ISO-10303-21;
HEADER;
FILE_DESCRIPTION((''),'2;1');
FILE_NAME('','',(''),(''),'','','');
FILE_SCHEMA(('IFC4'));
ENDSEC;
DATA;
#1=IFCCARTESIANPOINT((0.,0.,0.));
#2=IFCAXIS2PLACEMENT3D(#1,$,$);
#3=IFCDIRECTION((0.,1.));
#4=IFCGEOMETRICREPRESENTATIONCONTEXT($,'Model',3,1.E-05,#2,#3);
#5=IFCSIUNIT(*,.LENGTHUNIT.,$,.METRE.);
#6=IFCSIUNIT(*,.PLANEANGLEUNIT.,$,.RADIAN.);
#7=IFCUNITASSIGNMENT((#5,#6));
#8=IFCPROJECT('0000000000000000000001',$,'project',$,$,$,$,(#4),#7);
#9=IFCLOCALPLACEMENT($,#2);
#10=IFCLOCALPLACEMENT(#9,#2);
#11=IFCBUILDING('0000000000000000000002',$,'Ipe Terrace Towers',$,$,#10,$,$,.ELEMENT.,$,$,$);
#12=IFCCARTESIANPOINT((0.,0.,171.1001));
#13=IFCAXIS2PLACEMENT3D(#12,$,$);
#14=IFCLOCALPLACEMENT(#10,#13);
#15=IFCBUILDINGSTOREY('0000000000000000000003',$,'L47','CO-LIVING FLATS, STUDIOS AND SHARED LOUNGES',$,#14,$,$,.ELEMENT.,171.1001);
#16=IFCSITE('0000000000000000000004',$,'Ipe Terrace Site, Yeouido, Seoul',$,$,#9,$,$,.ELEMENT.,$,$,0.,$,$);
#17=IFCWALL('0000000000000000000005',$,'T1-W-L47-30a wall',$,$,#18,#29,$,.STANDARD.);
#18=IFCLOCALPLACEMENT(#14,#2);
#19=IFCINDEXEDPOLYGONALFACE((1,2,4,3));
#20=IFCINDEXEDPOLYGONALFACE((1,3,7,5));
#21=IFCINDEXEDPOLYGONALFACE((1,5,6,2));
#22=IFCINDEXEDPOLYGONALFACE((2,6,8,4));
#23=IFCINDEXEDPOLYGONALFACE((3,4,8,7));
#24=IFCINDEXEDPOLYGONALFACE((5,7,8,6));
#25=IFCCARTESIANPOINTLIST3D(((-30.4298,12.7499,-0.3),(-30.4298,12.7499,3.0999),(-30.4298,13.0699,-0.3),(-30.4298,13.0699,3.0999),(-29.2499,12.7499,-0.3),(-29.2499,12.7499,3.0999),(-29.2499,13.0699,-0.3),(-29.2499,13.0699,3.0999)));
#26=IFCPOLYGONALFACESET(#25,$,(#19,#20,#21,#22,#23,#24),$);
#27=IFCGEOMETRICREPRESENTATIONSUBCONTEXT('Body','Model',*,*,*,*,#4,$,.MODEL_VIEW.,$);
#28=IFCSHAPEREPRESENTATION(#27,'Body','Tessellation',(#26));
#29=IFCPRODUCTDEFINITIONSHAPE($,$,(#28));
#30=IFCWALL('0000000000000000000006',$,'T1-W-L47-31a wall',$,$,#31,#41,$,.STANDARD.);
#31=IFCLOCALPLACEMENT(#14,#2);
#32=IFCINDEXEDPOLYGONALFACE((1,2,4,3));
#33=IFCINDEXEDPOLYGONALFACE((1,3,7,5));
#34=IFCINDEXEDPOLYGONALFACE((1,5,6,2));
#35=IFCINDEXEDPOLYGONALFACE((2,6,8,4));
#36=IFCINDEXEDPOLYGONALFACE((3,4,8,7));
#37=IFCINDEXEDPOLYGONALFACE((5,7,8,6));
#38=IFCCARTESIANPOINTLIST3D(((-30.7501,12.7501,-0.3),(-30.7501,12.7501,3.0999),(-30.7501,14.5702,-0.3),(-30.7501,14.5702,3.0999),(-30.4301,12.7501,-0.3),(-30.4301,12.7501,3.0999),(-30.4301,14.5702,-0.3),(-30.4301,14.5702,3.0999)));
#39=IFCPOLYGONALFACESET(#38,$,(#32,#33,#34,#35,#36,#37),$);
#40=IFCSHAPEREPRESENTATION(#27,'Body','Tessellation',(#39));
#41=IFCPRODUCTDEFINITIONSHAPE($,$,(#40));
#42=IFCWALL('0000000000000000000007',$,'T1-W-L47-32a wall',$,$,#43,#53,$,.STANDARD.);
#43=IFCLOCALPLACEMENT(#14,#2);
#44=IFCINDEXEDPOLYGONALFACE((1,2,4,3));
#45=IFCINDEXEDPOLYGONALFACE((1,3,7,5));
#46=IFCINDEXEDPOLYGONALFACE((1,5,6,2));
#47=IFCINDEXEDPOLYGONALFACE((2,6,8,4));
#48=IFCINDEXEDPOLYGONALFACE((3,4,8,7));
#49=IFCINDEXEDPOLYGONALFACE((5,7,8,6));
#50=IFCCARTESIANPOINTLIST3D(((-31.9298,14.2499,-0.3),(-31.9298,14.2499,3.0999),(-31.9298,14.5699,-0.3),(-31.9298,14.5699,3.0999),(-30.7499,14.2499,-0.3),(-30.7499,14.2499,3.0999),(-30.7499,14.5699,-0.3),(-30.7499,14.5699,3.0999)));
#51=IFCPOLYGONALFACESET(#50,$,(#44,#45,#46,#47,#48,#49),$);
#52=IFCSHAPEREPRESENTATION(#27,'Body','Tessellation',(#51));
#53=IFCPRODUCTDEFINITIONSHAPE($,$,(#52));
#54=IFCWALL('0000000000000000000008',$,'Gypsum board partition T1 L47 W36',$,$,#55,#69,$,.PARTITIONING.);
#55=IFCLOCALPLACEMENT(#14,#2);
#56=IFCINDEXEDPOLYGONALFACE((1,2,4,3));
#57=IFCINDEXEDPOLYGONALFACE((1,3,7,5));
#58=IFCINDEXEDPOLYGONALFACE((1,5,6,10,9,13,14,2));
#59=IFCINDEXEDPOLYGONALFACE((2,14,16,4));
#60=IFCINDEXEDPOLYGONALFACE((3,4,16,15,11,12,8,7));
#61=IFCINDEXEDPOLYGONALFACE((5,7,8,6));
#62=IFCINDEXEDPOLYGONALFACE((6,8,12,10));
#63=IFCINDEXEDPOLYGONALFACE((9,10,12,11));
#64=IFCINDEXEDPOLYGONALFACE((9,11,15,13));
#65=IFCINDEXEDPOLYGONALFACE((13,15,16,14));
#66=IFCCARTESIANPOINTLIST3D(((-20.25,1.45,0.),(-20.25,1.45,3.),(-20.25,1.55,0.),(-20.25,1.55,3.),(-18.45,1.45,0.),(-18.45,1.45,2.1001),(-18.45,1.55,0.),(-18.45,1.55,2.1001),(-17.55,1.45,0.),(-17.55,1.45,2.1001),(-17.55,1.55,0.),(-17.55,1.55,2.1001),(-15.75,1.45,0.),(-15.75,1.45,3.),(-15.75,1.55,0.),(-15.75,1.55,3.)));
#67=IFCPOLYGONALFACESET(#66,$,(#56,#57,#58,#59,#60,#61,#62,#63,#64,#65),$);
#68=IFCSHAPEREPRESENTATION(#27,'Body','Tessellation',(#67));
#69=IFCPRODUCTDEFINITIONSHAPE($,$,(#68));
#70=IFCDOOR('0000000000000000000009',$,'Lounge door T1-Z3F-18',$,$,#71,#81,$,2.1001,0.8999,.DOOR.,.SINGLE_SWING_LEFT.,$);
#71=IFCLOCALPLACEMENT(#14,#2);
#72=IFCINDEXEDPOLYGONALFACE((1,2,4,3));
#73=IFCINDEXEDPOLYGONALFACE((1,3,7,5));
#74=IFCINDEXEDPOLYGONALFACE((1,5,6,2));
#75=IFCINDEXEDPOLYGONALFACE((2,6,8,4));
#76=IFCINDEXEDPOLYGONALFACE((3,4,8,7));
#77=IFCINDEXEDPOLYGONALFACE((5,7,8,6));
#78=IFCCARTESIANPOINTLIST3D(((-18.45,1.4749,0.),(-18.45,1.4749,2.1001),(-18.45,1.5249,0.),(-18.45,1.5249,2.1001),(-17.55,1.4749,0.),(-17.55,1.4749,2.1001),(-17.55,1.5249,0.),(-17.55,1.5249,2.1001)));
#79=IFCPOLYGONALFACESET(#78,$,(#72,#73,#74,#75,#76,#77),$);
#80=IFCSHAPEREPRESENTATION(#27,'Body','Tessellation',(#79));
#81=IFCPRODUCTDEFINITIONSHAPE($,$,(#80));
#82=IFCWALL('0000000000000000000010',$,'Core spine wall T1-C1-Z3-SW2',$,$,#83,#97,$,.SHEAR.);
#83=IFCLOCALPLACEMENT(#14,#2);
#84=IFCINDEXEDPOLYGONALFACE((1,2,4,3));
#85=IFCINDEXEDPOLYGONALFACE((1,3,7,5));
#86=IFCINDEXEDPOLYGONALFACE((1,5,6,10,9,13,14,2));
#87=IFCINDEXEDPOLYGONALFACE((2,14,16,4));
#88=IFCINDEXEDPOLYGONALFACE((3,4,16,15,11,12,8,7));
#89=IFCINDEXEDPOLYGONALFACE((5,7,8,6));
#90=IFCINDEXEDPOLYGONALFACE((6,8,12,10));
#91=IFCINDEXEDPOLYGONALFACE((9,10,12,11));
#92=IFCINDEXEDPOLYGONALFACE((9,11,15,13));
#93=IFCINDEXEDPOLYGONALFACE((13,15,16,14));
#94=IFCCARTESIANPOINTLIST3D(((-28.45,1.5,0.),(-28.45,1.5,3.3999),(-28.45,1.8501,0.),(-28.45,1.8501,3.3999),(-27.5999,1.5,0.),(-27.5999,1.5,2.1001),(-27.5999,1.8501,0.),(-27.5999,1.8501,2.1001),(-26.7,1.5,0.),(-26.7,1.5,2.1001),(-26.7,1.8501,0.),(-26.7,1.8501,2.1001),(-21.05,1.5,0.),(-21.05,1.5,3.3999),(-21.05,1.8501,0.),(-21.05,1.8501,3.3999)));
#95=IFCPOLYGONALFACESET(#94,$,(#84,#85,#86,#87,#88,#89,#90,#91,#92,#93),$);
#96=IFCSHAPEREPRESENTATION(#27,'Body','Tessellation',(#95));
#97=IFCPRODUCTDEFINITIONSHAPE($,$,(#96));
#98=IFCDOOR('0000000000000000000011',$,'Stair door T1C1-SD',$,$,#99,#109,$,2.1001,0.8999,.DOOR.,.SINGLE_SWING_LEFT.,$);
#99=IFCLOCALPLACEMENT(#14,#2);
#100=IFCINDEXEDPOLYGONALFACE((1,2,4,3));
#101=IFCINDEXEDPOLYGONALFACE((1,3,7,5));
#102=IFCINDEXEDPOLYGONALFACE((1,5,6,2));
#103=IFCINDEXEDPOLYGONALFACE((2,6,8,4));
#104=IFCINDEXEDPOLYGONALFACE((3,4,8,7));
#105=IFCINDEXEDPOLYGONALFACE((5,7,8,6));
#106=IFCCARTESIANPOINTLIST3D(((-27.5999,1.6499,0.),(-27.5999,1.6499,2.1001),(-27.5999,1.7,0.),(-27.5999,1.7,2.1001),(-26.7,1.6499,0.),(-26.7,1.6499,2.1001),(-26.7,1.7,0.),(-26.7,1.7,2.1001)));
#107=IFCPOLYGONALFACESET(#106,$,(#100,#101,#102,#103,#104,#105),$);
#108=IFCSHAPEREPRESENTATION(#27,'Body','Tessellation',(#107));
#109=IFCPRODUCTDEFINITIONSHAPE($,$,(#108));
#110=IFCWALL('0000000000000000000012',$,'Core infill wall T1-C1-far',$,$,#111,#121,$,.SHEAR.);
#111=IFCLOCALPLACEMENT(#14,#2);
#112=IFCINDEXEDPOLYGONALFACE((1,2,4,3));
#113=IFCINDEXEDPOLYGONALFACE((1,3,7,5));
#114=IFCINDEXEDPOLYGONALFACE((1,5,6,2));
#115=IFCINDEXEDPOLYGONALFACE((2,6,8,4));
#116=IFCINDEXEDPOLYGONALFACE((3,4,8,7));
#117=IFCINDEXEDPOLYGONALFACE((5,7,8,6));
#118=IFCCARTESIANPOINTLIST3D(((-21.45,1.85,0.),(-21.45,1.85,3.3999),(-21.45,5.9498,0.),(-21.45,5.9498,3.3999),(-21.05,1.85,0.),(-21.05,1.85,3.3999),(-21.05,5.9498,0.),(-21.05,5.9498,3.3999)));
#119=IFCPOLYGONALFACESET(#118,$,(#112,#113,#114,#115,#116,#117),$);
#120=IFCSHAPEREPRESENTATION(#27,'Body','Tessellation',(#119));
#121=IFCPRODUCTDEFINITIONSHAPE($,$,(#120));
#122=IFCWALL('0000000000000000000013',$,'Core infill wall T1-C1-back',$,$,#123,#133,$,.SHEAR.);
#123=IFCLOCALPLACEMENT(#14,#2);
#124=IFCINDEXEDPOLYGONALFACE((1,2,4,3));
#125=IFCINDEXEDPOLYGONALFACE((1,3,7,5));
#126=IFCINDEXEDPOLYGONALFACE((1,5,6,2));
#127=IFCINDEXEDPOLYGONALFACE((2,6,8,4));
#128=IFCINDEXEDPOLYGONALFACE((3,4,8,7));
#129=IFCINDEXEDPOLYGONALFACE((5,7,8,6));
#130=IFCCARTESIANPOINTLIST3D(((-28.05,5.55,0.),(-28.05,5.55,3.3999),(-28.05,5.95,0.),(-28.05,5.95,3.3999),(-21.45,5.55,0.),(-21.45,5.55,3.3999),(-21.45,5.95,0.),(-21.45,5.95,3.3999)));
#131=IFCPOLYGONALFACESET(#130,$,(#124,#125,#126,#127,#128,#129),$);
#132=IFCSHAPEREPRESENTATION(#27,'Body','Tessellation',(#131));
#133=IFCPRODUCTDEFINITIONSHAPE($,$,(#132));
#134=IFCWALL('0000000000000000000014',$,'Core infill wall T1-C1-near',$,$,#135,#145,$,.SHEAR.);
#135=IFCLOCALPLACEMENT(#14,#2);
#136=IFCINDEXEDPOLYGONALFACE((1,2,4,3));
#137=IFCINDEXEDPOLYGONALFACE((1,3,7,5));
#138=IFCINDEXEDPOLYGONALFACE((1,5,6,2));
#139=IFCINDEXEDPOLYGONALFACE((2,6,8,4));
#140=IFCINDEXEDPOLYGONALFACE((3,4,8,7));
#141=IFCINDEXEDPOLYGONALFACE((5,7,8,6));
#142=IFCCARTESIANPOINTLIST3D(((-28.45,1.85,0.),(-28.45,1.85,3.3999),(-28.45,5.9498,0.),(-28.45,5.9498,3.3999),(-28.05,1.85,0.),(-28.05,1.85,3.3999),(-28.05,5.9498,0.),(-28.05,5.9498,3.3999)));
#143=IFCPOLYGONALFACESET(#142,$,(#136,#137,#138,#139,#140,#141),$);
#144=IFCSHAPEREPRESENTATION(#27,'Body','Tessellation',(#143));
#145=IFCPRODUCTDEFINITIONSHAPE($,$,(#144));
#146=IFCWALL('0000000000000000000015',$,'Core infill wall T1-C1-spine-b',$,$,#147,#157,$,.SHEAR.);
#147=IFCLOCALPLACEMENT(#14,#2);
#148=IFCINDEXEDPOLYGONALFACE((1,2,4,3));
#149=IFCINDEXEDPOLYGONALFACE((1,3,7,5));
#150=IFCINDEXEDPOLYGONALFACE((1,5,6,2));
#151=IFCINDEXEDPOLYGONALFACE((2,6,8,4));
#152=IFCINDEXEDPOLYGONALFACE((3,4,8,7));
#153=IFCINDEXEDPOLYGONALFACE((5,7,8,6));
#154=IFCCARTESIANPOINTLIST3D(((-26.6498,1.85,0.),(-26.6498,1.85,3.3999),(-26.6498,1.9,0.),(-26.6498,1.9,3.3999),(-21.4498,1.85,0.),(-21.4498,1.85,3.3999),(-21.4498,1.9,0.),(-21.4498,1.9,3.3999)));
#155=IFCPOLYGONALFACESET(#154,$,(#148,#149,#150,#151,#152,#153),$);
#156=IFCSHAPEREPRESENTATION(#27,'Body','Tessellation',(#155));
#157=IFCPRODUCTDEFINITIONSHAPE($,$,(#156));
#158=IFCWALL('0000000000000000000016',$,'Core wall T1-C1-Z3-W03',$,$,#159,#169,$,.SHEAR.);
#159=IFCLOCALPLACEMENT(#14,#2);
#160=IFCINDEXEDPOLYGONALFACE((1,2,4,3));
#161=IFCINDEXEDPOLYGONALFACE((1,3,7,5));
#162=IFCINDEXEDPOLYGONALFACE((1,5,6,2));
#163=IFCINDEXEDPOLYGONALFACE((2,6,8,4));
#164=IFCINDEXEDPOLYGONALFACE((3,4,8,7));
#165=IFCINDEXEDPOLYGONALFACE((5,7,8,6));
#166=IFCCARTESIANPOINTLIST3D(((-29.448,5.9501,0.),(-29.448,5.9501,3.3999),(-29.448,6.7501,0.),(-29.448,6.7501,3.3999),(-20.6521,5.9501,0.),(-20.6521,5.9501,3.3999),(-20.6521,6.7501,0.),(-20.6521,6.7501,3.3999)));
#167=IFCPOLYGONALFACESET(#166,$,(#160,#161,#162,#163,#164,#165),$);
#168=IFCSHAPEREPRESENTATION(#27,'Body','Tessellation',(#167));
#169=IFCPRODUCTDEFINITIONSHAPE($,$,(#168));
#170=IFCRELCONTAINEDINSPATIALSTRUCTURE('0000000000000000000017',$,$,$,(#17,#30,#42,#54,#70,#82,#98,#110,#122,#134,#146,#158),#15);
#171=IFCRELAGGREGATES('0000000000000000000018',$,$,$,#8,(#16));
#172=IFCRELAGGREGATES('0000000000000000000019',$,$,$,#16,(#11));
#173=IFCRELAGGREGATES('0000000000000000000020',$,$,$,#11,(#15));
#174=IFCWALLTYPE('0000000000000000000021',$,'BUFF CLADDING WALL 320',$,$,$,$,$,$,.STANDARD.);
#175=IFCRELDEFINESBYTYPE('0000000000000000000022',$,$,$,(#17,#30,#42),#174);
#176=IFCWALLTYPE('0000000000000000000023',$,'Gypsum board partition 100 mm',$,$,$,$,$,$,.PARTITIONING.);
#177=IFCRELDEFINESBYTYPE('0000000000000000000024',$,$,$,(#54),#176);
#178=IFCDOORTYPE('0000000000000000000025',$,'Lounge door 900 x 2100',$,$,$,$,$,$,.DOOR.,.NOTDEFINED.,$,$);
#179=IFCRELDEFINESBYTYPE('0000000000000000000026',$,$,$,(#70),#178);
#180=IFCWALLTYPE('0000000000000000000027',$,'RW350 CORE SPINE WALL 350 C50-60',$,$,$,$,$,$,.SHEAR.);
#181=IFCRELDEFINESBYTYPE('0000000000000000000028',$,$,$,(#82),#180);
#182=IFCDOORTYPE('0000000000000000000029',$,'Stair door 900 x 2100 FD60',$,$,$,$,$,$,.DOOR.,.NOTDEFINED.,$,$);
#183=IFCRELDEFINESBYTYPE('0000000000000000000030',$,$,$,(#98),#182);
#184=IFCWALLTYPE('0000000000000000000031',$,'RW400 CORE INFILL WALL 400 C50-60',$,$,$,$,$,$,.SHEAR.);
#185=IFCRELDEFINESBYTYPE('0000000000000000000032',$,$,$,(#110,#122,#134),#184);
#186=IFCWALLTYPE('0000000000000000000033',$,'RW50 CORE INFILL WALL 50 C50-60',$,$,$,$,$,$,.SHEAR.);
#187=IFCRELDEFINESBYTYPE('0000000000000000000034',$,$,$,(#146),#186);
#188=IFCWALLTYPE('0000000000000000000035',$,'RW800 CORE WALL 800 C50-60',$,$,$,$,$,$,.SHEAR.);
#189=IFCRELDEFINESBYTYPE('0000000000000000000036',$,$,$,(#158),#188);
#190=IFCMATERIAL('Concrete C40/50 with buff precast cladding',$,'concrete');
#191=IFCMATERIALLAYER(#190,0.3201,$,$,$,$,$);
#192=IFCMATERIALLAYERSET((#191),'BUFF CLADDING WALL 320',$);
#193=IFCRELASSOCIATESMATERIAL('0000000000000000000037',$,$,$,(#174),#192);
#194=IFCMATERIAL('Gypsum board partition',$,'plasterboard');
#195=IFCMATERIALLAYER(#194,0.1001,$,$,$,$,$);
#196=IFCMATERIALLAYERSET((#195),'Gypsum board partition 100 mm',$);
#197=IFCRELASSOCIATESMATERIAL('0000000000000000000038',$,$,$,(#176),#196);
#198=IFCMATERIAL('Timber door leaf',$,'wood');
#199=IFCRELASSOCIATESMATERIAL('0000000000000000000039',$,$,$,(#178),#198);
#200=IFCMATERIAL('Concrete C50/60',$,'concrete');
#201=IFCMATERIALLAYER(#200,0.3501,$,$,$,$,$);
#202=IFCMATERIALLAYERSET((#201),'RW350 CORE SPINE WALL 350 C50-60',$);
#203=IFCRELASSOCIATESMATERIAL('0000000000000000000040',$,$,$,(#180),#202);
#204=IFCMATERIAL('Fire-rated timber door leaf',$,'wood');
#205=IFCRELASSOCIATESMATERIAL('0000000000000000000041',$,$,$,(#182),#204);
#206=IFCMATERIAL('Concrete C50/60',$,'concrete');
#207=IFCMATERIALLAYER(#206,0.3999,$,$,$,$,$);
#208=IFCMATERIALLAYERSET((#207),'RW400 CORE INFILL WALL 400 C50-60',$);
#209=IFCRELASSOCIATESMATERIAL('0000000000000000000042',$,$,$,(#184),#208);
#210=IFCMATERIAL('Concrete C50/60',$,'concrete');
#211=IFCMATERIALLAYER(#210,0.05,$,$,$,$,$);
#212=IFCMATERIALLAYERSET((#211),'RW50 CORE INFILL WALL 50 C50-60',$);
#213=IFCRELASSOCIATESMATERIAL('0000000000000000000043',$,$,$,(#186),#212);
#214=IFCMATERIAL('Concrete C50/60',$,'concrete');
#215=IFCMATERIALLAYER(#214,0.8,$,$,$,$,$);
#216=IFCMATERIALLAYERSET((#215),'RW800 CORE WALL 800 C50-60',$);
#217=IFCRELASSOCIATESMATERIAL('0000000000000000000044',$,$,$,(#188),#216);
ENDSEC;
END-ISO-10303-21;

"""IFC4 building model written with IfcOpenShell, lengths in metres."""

from ifc_helpers import new_model, si_unit, direction, frame, frame_2d, origin, place, context, subcontext, project, spatial, rectangle, extrude, material, layer, layer_set, type_object, element, fill, save


model = new_model("IFC4")

# Units and contexts
model_context = context("Model", 3, precision=1e-05, world=origin(), true_north=direction((0.0, 1.0)))
body_context = subcontext(model_context, "Body", "Model", "MODEL_VIEW")
ifc_project = project(units=[si_unit("LENGTHUNIT", "METRE"), si_unit("PLANEANGLEUNIT", "RADIAN")], contexts=[model_context])

# Site, building, storey
site_placement = place(None, origin())
site = spatial("IfcSite", under=ifc_project, at=site_placement, Name="Ipe Terrace Site, Yeouido, Seoul", CompositionType="ELEMENT", RefElevation=0.0)
building_placement = place(site_placement, origin())
building = spatial("IfcBuilding", under=site, at=building_placement, Name="Ipe Terrace Towers", CompositionType="ELEMENT")
storey_placement = place(building_placement, frame((0.0, 0.0, 171.1001)))
storey = spatial("IfcBuildingStorey", under=building, at=storey_placement, Name="L47", Description="CO-LIVING FLATS, STUDIOS AND SHARED LOUNGES", CompositionType="ELEMENT", Elevation=171.1001)

# Walls
ifc_material_1 = material(Name="Concrete C40/50 with buff precast cladding", Category="concrete")
ifc_layer_1 = layer(ifc_material_1, 0.3201)
ifc_layer_set_1 = layer_set([ifc_layer_1], Name="BUFF CLADDING WALL 320")
wall_type_1 = type_object("IfcWallType", Name="BUFF CLADDING WALL 320", PredefinedType="STANDARD", material=ifc_layer_set_1)
wall_1_placement = place(storey_placement, frame((-29.25, 12.9099, -0.3), z_axis=(0.0, 0.0, 1.0), x_axis=(-1.0, 0.0, 0.0)))
element("IfcWall", 1, at=wall_1_placement, inside=storey, type_object=wall_type_1, Name="T1-W-L47-30a wall", PredefinedType="STANDARD", context=body_context, shape_type="SweptSolid", body=[
    extrude(rectangle(XDim=1.1799, YDim=0.3201, at=frame_2d((0.5898, 0.0))), origin(), (0.0, 0.0, 1.0), 3.3999),
])
wall_2_placement = place(storey_placement, frame((-30.5901, 12.75, -0.3), z_axis=(0.0, 0.0, 1.0), x_axis=(0.0, 1.0, 0.0)))
element("IfcWall", 2, at=wall_2_placement, inside=storey, type_object=wall_type_1, Name="T1-W-L47-31a wall", PredefinedType="STANDARD", context=body_context, shape_type="SweptSolid", body=[
    extrude(rectangle(XDim=1.8201, YDim=0.3201, at=frame_2d((0.9102, 0.0))), origin(), (0.0, 0.0, 1.0), 3.3999),
])
wall_3_placement = place(storey_placement, frame((-30.75, 14.4099, -0.3), z_axis=(0.0, 0.0, 1.0), x_axis=(-1.0, 0.0, 0.0)))
element("IfcWall", 3, at=wall_3_placement, inside=storey, type_object=wall_type_1, Name="T1-W-L47-32a wall", PredefinedType="STANDARD", context=body_context, shape_type="SweptSolid", body=[
    extrude(rectangle(XDim=1.1799, YDim=0.3201, at=frame_2d((0.5898, 0.0))), origin(), (0.0, 0.0, 1.0), 3.3999),
])

# Walls, openings, doors
ifc_material_2 = material(Name="Gypsum board partition", Category="plasterboard")
ifc_layer_2 = layer(ifc_material_2, 0.1001)
ifc_layer_set_2 = layer_set([ifc_layer_2], Name="Gypsum board partition 100 mm")
wall_type_2 = type_object("IfcWallType", Name="Gypsum board partition 100 mm", PredefinedType="PARTITIONING", material=ifc_layer_set_2)
wall_4_placement = place(storey_placement, frame((-20.25, 1.5, 0.0), z_axis=(0.0, 0.0, 1.0), x_axis=(1.0, 0.0, 0.0)))
wall_4 = element("IfcWall", 4, at=wall_4_placement, inside=storey, type_object=wall_type_2, Name="Gypsum board partition T1 L47 W36", PredefinedType="PARTITIONING", context=body_context, shape_type="SweptSolid", body=[
    extrude(rectangle(XDim=4.5, YDim=0.1001, at=frame_2d((2.25, 0.0))), origin(), (0.0, 0.0, 1.0), 3.0),
])
opening_1_placement = place(wall_4_placement, frame((1.8, 0.0, 0.0)))
opening_1 = element("IfcOpeningElement", 5, at=opening_1_placement, cuts=wall_4, PredefinedType="OPENING", context=body_context, shape_type="SweptSolid", body=[
    extrude(rectangle(XDim=0.8999, YDim=2.1001, at=frame_2d((0.45, 1.05))), frame((0.0, 0.0601, 0.0), z_axis=(0.0, -1.0, 0.0), x_axis=(1.0, 0.0, 0.0)), (0.0, 0.0, 1.0), 0.1201),
])
ifc_material_3 = material(Name="Timber door leaf", Category="wood")
door_type_1 = type_object("IfcDoorType", Name="Lounge door 900 x 2100", OperationType="NOTDEFINED", PredefinedType="DOOR", material=ifc_material_3)
door_1_placement = place(opening_1_placement, origin())
door_1 = element("IfcDoor", 6, at=door_1_placement, inside=storey, type_object=door_type_1, Name="Lounge door T1-Z3F-18", OperationType="SINGLE_SWING_LEFT", OverallHeight=2.1001, OverallWidth=0.8999, PredefinedType="DOOR", context=body_context, shape_type="SweptSolid", body=[
    extrude(rectangle(XDim=0.8999, YDim=2.1001, at=frame_2d((0.45, 1.05))), frame((0.0, 0.0249, 0.0), z_axis=(0.0, -1.0, 0.0), x_axis=(1.0, 0.0, 0.0)), (0.0, 0.0, 1.0), 0.05),
])
fill(opening_1, door_1)
ifc_material_4 = material(Name="Concrete C50/60", Category="concrete")
ifc_layer_3 = layer(ifc_material_4, 0.3501)
ifc_layer_set_3 = layer_set([ifc_layer_3], Name="RW350 CORE SPINE WALL 350 C50-60")
wall_type_3 = type_object("IfcWallType", Name="RW350 CORE SPINE WALL 350 C50-60", PredefinedType="SHEAR", material=ifc_layer_set_3)
wall_5_placement = place(storey_placement, frame((-28.45, 1.675, 0.0), z_axis=(0.0, 0.0, 1.0), x_axis=(1.0, 0.0, 0.0)))
wall_5 = element("IfcWall", 7, at=wall_5_placement, inside=storey, type_object=wall_type_3, Name="Core spine wall T1-C1-Z3-SW2", PredefinedType="SHEAR", context=body_context, shape_type="SweptSolid", body=[
    extrude(rectangle(XDim=7.3999, YDim=0.3501, at=frame_2d((3.7, 0.0))), origin(), (0.0, 0.0, 1.0), 3.3999),
])
opening_2_placement = place(wall_5_placement, frame((0.8501, 0.0, 0.0)))
opening_2 = element("IfcOpeningElement", 8, at=opening_2_placement, cuts=wall_5, PredefinedType="OPENING", context=body_context, shape_type="SweptSolid", body=[
    extrude(rectangle(XDim=0.8999, YDim=2.1001, at=frame_2d((0.45, 1.05))), frame((0.0, 0.1851, 0.0), z_axis=(0.0, -1.0, 0.0), x_axis=(1.0, 0.0, 0.0)), (0.0, 0.0, 1.0), 0.3701),
])
ifc_material_5 = material(Name="Fire-rated timber door leaf", Category="wood")
door_type_2 = type_object("IfcDoorType", Name="Stair door 900 x 2100 FD60", OperationType="NOTDEFINED", PredefinedType="DOOR", material=ifc_material_5)
door_2_placement = place(opening_2_placement, origin())
door_2 = element("IfcDoor", 9, at=door_2_placement, inside=storey, type_object=door_type_2, Name="Stair door T1C1-SD", OperationType="SINGLE_SWING_LEFT", OverallHeight=2.1001, OverallWidth=0.8999, PredefinedType="DOOR", context=body_context, shape_type="SweptSolid", body=[
    extrude(rectangle(XDim=0.8999, YDim=2.1001, at=frame_2d((0.45, 1.05))), frame((0.0, 0.0249, 0.0), z_axis=(0.0, -1.0, 0.0), x_axis=(1.0, 0.0, 0.0)), (0.0, 0.0, 1.0), 0.05),
])
fill(opening_2, door_2)

# Walls
ifc_material_6 = material(Name="Concrete C50/60", Category="concrete")
ifc_layer_4 = layer(ifc_material_6, 0.3999)
ifc_layer_set_4 = layer_set([ifc_layer_4], Name="RW400 CORE INFILL WALL 400 C50-60")
wall_type_4 = type_object("IfcWallType", Name="RW400 CORE INFILL WALL 400 C50-60", PredefinedType="SHEAR", material=ifc_layer_set_4)
wall_6_placement = place(storey_placement, frame((-21.25, 1.8501, 0.0), z_axis=(0.0, 0.0, 1.0), x_axis=(0.0, 1.0, 0.0)))
element("IfcWall", 10, at=wall_6_placement, inside=storey, type_object=wall_type_4, Name="Core infill wall T1-C1-far", PredefinedType="SHEAR", context=body_context, shape_type="SweptSolid", body=[
    extrude(rectangle(XDim=4.0999, YDim=0.3999, at=frame_2d((2.0498, 0.0))), origin(), (0.0, 0.0, 1.0), 3.3999),
])
wall_7_placement = place(storey_placement, frame((-28.05, 5.75, 0.0), z_axis=(0.0, 0.0, 1.0), x_axis=(1.0, 0.0, 0.0)))
element("IfcWall", 11, at=wall_7_placement, inside=storey, type_object=wall_type_4, Name="Core infill wall T1-C1-back", PredefinedType="SHEAR", context=body_context, shape_type="SweptSolid", body=[
    extrude(rectangle(XDim=6.6001, YDim=0.3999, at=frame_2d((3.3, 0.0))), origin(), (0.0, 0.0, 1.0), 3.3999),
])
wall_8_placement = place(storey_placement, frame((-28.25, 1.8501, 0.0), z_axis=(0.0, 0.0, 1.0), x_axis=(0.0, 1.0, 0.0)))
element("IfcWall", 12, at=wall_8_placement, inside=storey, type_object=wall_type_4, Name="Core infill wall T1-C1-near", PredefinedType="SHEAR", context=body_context, shape_type="SweptSolid", body=[
    extrude(rectangle(XDim=4.0999, YDim=0.3999, at=frame_2d((2.0498, 0.0))), origin(), (0.0, 0.0, 1.0), 3.3999),
])
ifc_material_7 = material(Name="Concrete C50/60", Category="concrete")
ifc_layer_5 = layer(ifc_material_7, 0.05)
ifc_layer_set_5 = layer_set([ifc_layer_5], Name="RW50 CORE INFILL WALL 50 C50-60")
wall_type_5 = type_object("IfcWallType", Name="RW50 CORE INFILL WALL 50 C50-60", PredefinedType="SHEAR", material=ifc_layer_set_5)
wall_9_placement = place(storey_placement, frame((-26.6499, 1.875, 0.0), z_axis=(0.0, 0.0, 1.0), x_axis=(1.0, 0.0, 0.0)))
element("IfcWall", 13, at=wall_9_placement, inside=storey, type_object=wall_type_5, Name="Core infill wall T1-C1-spine-b", PredefinedType="SHEAR", context=body_context, shape_type="SweptSolid", body=[
    extrude(rectangle(XDim=5.2, YDim=0.05, at=frame_2d((2.6001, 0.0))), origin(), (0.0, 0.0, 1.0), 3.3999),
])
ifc_material_8 = material(Name="Concrete C50/60", Category="concrete")
ifc_layer_6 = layer(ifc_material_8, 0.8)
ifc_layer_set_6 = layer_set([ifc_layer_6], Name="RW800 CORE WALL 800 C50-60")
wall_type_6 = type_object("IfcWallType", Name="RW800 CORE WALL 800 C50-60", PredefinedType="SHEAR", material=ifc_layer_set_6)
wall_10_placement = place(storey_placement, frame((-20.6521, 6.3501, 0.0), z_axis=(0.0, 0.0, 1.0), x_axis=(-1.0, 0.0, 0.0)))
element("IfcWall", 14, at=wall_10_placement, inside=storey, type_object=wall_type_6, Name="Core wall T1-C1-Z3-W03", PredefinedType="SHEAR", context=body_context, shape_type="SweptSolid", body=[
    extrude(rectangle(XDim=8.7959, YDim=0.8, at=frame_2d((4.3979, 0.0))), origin(), (0.0, 0.0, 1.0), 3.3999),
])

save(model, "model.ifc")
